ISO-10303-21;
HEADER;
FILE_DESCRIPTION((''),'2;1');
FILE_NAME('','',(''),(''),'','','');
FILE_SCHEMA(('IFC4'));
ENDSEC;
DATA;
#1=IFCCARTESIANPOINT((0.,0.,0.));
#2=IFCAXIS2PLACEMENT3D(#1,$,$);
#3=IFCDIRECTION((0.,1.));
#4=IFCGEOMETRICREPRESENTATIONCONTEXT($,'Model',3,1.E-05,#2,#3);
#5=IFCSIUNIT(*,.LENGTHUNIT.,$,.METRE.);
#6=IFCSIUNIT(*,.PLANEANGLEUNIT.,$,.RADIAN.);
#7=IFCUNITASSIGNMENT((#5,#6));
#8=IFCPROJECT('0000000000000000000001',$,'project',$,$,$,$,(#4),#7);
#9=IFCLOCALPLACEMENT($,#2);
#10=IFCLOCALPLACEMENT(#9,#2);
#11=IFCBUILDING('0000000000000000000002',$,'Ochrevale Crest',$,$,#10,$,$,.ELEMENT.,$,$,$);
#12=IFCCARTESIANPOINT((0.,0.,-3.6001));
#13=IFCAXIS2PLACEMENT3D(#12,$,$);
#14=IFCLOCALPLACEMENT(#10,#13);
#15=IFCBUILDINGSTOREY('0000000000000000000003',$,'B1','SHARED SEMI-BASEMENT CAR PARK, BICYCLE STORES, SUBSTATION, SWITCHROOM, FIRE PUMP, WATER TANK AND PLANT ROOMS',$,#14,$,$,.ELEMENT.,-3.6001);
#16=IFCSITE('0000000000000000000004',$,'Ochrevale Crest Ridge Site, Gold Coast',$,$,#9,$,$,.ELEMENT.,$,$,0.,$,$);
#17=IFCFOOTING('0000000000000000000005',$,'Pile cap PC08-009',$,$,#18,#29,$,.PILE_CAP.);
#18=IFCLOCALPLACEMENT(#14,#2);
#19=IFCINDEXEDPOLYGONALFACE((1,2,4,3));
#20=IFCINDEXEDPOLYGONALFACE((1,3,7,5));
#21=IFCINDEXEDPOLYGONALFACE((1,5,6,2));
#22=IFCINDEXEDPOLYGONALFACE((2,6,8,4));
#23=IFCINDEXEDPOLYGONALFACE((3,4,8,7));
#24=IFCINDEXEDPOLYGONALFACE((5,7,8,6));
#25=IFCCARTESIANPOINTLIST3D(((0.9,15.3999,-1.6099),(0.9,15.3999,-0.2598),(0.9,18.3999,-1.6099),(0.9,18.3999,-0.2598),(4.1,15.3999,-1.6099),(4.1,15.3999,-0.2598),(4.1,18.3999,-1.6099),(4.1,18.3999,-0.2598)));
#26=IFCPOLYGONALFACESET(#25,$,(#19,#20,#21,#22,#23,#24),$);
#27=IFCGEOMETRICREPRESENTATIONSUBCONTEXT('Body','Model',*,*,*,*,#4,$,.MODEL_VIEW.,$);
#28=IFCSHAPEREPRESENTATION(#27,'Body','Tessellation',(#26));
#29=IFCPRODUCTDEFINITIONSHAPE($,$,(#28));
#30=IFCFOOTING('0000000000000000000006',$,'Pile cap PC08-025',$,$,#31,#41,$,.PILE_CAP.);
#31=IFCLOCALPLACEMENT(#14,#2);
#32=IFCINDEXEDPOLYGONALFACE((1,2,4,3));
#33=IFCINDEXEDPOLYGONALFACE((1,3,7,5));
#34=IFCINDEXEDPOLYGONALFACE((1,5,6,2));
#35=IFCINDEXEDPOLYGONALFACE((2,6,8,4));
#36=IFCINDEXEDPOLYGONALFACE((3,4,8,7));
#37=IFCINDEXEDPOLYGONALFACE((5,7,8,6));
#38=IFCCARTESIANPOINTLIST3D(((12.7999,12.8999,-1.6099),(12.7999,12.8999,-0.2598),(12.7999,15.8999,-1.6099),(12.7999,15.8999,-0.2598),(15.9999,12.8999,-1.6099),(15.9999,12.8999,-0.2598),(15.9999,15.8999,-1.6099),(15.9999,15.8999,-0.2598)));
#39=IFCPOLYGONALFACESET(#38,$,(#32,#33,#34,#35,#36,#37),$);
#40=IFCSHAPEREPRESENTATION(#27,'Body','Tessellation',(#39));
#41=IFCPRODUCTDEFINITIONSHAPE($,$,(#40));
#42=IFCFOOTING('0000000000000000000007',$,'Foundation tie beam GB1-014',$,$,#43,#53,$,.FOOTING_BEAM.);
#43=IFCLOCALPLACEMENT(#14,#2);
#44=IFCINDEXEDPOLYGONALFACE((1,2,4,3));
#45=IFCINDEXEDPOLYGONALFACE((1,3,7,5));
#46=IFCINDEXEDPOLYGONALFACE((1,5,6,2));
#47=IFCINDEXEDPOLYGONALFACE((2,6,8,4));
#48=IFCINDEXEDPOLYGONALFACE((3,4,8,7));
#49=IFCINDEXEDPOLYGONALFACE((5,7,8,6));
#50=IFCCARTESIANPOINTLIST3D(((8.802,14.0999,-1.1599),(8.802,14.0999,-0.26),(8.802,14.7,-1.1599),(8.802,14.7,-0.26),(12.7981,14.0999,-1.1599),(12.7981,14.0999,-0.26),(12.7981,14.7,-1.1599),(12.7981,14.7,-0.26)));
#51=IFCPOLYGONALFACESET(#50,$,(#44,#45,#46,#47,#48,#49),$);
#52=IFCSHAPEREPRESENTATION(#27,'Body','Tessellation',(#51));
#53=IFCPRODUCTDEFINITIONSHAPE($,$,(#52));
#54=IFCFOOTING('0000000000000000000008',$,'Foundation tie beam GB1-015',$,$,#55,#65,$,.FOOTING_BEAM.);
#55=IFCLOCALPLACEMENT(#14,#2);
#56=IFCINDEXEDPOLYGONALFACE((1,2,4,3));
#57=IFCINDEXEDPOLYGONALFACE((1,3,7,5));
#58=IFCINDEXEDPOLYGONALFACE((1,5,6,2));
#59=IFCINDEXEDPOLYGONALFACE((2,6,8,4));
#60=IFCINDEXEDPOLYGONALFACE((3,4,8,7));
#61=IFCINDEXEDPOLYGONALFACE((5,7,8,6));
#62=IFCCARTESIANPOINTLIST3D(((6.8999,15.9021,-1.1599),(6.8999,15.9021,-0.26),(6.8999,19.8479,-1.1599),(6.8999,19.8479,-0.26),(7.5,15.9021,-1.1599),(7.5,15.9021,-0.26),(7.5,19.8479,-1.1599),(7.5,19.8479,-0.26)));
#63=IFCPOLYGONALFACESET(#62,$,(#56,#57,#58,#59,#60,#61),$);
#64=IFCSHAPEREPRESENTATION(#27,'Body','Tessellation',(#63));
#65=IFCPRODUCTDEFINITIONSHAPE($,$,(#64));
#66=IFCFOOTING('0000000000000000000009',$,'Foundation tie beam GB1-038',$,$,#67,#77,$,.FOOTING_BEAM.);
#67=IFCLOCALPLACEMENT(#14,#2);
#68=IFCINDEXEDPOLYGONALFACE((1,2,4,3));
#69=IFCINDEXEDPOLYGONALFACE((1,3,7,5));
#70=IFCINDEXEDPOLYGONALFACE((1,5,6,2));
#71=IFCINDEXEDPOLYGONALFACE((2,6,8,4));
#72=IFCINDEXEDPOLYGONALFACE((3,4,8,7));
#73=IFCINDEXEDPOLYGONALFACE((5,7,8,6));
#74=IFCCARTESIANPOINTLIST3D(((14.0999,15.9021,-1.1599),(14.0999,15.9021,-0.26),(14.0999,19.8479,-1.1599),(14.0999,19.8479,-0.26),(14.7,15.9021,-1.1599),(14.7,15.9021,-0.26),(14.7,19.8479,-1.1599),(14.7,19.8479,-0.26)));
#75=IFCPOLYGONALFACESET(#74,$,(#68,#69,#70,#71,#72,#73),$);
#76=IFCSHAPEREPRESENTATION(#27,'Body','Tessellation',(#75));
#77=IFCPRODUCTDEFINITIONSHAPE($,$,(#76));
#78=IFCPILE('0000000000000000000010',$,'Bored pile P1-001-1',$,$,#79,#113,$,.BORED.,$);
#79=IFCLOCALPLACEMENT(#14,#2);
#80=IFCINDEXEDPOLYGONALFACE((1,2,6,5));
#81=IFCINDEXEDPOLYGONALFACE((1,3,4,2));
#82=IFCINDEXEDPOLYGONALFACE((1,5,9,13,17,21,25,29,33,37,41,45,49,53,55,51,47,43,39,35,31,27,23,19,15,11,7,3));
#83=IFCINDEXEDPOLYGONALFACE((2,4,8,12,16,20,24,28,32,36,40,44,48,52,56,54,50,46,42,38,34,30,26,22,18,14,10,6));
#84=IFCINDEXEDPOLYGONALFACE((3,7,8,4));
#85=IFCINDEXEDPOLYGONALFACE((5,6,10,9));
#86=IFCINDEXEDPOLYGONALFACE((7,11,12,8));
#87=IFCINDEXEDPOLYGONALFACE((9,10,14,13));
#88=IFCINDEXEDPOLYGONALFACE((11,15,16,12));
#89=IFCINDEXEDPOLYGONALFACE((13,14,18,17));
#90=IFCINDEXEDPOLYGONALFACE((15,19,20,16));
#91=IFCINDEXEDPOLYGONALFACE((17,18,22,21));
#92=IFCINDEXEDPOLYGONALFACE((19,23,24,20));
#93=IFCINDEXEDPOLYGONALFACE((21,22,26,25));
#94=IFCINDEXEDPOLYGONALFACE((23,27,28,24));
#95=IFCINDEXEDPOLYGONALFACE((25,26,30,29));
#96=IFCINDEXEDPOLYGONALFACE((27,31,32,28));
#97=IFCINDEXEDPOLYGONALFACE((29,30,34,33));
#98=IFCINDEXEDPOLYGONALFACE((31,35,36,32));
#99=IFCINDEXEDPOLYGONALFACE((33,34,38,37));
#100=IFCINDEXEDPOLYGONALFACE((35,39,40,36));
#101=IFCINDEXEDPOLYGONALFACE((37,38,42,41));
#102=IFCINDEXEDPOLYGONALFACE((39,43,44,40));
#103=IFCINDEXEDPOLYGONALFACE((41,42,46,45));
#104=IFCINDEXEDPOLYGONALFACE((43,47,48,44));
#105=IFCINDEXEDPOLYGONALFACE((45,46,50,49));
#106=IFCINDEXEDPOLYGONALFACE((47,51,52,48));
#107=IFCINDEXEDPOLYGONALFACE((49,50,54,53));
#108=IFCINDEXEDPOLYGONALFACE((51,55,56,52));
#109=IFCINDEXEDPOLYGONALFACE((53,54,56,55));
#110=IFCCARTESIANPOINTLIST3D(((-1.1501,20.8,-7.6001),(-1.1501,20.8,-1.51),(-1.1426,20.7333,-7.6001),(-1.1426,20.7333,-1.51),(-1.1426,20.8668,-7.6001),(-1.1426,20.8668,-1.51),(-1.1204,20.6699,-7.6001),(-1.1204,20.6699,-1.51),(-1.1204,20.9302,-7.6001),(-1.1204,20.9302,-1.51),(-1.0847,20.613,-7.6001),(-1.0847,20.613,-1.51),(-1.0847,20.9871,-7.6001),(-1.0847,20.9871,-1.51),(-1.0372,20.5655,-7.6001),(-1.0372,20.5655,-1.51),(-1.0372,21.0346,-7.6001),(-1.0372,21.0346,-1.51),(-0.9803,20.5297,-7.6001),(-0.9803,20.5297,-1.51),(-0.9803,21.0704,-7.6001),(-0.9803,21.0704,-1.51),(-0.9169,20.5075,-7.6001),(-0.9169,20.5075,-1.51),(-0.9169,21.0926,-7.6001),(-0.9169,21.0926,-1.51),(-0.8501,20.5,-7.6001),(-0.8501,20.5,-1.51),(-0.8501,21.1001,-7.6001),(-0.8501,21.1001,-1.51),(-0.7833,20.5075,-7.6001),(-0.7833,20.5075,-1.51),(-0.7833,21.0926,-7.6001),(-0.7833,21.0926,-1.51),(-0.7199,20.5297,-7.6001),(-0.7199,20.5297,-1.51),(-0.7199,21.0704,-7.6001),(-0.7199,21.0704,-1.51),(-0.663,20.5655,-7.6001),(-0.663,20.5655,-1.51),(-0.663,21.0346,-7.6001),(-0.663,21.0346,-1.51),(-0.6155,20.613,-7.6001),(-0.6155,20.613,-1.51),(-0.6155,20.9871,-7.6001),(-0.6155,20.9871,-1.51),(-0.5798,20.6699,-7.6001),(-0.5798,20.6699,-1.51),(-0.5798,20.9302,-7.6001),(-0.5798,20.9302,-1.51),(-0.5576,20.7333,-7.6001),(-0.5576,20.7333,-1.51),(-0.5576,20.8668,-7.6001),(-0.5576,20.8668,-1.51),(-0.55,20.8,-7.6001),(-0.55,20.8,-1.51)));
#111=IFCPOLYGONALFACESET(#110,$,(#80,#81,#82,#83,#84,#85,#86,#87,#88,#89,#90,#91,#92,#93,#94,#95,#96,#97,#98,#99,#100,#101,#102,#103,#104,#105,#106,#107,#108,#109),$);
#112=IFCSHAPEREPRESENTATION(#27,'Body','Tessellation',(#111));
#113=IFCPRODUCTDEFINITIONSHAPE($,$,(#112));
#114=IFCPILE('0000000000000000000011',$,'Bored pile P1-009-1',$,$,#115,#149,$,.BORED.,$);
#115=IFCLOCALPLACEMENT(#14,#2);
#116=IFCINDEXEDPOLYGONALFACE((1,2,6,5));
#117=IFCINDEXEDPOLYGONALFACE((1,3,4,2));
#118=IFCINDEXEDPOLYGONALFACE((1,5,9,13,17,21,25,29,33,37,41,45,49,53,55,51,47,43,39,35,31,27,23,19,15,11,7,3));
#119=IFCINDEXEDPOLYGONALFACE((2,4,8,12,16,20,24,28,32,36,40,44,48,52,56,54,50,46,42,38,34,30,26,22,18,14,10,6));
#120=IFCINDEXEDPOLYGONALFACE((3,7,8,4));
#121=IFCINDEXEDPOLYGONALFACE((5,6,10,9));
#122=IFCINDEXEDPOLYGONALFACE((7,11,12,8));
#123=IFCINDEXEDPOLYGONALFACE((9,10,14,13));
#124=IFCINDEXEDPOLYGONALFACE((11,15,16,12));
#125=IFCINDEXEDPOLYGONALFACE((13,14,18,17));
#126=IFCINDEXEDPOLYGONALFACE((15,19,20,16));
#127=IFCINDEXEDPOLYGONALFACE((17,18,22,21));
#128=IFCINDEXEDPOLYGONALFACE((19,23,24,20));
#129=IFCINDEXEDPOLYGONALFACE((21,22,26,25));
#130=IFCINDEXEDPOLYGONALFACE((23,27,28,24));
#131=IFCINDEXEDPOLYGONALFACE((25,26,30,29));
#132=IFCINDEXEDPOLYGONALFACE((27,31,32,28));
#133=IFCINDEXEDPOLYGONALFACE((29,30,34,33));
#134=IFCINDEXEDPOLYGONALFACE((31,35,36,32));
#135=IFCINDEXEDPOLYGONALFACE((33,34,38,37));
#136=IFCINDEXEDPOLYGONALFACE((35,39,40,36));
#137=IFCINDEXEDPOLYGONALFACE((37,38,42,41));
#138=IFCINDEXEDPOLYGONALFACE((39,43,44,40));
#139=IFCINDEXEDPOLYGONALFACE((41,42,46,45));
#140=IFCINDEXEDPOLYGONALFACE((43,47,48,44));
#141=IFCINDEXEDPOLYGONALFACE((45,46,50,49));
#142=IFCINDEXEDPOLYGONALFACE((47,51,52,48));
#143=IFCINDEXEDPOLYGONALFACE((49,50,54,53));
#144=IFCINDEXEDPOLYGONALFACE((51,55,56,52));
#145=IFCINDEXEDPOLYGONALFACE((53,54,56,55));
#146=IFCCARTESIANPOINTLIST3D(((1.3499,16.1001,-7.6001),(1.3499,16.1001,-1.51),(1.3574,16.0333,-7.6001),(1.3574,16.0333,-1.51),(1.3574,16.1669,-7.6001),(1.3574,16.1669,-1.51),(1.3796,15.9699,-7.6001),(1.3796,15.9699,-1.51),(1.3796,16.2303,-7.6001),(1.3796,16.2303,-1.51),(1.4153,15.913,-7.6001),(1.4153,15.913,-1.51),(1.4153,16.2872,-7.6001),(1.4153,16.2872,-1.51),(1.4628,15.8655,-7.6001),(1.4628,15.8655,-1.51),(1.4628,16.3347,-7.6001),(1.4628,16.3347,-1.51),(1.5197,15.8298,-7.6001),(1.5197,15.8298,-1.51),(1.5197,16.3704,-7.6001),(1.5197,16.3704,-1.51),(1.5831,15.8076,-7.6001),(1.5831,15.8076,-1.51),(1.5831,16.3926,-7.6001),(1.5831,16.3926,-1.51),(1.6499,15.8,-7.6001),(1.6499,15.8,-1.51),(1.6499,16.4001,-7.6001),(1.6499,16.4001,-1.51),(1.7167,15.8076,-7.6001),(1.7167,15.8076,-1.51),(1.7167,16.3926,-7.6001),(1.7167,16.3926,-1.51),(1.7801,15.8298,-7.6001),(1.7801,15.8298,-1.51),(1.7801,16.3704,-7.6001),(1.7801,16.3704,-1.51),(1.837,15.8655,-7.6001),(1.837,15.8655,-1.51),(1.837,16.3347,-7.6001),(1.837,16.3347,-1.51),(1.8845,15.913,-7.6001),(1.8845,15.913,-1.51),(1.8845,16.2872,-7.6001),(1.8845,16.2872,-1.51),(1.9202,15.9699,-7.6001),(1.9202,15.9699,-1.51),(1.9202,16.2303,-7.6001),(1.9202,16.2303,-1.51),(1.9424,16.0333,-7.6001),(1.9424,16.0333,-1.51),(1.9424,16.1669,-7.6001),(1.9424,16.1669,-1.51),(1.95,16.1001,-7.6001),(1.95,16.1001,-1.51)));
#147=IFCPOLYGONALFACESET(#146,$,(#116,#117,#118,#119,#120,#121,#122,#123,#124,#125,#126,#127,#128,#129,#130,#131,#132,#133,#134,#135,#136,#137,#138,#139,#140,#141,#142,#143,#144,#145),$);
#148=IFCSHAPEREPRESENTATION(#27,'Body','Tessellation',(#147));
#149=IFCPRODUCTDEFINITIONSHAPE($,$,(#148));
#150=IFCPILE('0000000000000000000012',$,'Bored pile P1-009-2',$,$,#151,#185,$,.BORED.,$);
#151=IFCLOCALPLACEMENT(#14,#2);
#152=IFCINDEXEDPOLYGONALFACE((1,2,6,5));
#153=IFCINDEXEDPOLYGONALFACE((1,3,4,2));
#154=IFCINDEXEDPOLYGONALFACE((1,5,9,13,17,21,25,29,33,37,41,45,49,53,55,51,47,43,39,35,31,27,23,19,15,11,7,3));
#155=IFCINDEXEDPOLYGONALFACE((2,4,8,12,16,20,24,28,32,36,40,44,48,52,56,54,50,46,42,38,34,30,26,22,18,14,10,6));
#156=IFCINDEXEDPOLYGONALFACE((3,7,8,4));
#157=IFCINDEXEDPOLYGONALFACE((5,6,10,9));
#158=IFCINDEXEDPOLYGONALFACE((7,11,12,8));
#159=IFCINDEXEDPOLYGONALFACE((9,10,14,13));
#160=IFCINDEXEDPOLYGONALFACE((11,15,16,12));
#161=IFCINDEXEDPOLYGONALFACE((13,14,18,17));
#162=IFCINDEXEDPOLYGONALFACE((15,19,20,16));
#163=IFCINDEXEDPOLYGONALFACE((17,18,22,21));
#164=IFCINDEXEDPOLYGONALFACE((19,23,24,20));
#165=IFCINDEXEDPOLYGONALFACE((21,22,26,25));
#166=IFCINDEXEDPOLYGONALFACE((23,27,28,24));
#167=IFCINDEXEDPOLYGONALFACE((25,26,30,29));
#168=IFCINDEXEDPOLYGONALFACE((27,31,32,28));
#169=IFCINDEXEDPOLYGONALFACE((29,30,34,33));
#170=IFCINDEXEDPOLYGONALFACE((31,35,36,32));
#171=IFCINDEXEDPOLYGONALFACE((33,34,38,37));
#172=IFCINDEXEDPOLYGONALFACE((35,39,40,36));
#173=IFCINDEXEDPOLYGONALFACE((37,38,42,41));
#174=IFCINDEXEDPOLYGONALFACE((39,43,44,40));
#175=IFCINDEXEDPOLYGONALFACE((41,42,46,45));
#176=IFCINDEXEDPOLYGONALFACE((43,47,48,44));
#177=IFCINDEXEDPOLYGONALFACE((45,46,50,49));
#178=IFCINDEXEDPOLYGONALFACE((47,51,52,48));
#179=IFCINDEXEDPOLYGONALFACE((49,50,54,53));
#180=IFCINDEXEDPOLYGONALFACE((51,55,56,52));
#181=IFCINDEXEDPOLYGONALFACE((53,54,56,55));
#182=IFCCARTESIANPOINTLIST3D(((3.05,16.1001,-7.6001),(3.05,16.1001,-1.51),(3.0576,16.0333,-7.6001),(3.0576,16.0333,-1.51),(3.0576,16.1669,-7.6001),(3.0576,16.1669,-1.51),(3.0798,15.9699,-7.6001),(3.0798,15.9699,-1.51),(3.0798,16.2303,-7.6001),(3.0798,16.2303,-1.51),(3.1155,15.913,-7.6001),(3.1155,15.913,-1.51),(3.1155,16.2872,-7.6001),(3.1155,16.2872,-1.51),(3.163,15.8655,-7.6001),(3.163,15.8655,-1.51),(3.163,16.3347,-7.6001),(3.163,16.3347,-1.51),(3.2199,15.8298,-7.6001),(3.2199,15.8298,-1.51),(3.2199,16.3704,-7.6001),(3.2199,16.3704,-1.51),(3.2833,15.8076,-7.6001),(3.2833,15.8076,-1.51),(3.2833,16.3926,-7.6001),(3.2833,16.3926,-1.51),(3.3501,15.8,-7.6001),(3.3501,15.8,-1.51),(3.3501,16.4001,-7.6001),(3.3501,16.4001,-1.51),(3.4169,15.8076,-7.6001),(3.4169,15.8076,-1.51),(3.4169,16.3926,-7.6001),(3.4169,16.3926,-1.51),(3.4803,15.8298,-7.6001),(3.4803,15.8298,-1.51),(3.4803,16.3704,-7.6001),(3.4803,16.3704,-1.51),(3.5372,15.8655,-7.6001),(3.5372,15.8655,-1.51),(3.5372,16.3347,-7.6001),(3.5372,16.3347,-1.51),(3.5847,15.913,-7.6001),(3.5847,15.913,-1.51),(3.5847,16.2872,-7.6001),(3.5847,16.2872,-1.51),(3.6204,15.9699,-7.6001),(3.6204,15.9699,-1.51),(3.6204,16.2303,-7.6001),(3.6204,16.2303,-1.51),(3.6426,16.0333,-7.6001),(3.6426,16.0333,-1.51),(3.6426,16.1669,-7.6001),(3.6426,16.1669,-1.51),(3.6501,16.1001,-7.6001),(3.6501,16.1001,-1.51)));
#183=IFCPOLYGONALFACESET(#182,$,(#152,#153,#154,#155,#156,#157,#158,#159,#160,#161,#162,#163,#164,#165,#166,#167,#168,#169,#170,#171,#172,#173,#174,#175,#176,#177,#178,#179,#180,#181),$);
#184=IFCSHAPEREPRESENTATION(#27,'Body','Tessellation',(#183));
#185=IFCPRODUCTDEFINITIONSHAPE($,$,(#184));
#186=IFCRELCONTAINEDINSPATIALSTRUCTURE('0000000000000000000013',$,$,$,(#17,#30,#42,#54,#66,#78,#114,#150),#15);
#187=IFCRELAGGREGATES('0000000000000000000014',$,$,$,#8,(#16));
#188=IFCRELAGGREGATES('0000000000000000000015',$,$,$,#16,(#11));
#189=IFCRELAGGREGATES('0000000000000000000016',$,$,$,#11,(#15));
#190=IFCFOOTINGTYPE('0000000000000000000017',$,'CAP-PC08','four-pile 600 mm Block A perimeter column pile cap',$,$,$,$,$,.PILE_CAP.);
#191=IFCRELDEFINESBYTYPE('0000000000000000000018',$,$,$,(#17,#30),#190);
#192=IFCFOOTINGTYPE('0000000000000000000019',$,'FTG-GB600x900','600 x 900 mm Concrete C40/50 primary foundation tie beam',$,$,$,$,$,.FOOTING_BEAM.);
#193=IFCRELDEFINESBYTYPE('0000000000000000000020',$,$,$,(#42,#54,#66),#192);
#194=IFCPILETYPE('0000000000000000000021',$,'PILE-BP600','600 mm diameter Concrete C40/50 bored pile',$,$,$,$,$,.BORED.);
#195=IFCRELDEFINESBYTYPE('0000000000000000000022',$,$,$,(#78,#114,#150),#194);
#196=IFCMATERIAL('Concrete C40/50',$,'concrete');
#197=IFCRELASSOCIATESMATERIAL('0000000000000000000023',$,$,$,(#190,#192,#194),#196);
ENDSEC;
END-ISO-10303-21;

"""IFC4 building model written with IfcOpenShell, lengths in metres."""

from ifc_helpers import new_model, si_unit, direction, frame, origin, origin_2d, place, context, subcontext, project, spatial, rectangle, circle, extrude, material, material_profile, profile_set, type_object, element, save


model = new_model("IFC4")

# Units and contexts
model_context = context("Model", 3, precision=1e-05, world=origin(), true_north=direction((0.0, 1.0)))
body_context = subcontext(model_context, "Body", "Model", "MODEL_VIEW")
ifc_project = project(units=[si_unit("LENGTHUNIT", "METRE"), si_unit("PLANEANGLEUNIT", "RADIAN")], contexts=[model_context])

# Site, building, storey
site_placement = place(None, origin())
site = spatial("IfcSite", under=ifc_project, at=site_placement, Name="Ochrevale Crest Ridge Site, Gold Coast", CompositionType="ELEMENT", RefElevation=0.0)
building_placement = place(site_placement, origin())
building = spatial("IfcBuilding", under=site, at=building_placement, Name="Ochrevale Crest", CompositionType="ELEMENT")
storey_placement = place(building_placement, frame((0.0, 0.0, -3.6001)))
storey = spatial("IfcBuildingStorey", under=building, at=storey_placement, Name="B1", Description="SHARED SEMI-BASEMENT CAR PARK, BICYCLE STORES, SUBSTATION, SWITCHROOM, FIRE PUMP, WATER TANK AND PLANT ROOMS", CompositionType="ELEMENT", Elevation=-3.6001)

# Footings
ifc_material_1 = material(Name="Concrete C40/50", Category="concrete")
footing_type_1 = type_object("IfcFootingType", Name="CAP-PC08", Description="four-pile 600 mm Block A perimeter column pile cap", PredefinedType="PILE_CAP", material=ifc_material_1)
for number, where, z_axis, x_axis, name in (
    (1, (2.5, 16.8999, -1.6099), (0.0, 0.0, 1.0), (1.0, 0.0, 0.0), "Pile cap PC08-009"),
    (2, (14.3999, 14.3999, -1.6099), (0.0, 0.0, 1.0), (1.0, 0.0, 0.0), "Pile cap PC08-025"),
):
    element("IfcFooting", number, at=place(storey_placement, frame(where, z_axis=z_axis, x_axis=x_axis)), inside=storey, type_object=footing_type_1, Name=name, PredefinedType="PILE_CAP", context=body_context, shape_type="SweptSolid", body=[
        extrude(rectangle(XDim=3.2, YDim=3.0, at=origin_2d()), origin(), (0.0, 0.0, 1.0), 1.3501),
    ])
ifc_material_profile_1 = material_profile(ifc_material_1, rectangle(XDim=0.6001, YDim=0.8999, at=origin_2d()), Name="GB 600x900")
ifc_profile_set_1 = profile_set([ifc_material_profile_1], Name="Concrete C40/50")
footing_type_2 = type_object("IfcFootingType", Name="FTG-GB600x900", Description="600 x 900 mm Concrete C40/50 primary foundation tie beam", PredefinedType="FOOTING_BEAM", material=ifc_profile_set_1)
footing_placement = place(storey_placement, frame((8.802, 14.3999, -0.71), z_axis=(1.0, 0.0, 0.0), x_axis=(0.0, 1.0, 0.0)))
element("IfcFooting", 3, at=footing_placement, inside=storey, type_object=footing_type_2, Name="Foundation tie beam GB1-014", PredefinedType="FOOTING_BEAM", context=body_context, shape_type="SweptSolid", body=[
    extrude(rectangle(XDim=0.6001, YDim=0.8999, at=origin_2d()), origin(), (0.0, 0.0, 1.0), 3.9961),
])
for number, where, z_axis, x_axis, name in (
    (4, (7.2, 15.9021, -0.71), (0.0, 1.0, 0.0), (-1.0, 0.0, 0.0), "Foundation tie beam GB1-015"),
    (5, (14.3999, 15.9021, -0.71), (0.0, 1.0, 0.0), (-1.0, 0.0, 0.0), "Foundation tie beam GB1-038"),
):
    element("IfcFooting", number, at=place(storey_placement, frame(where, z_axis=z_axis, x_axis=x_axis)), inside=storey, type_object=footing_type_2, Name=name, PredefinedType="FOOTING_BEAM", context=body_context, shape_type="SweptSolid", body=[
        extrude(rectangle(XDim=0.6001, YDim=0.8999, at=origin_2d()), origin(), (0.0, 0.0, 1.0), 3.9458),
    ])

# Piles
ifc_material_profile_2 = material_profile(ifc_material_1, circle(Radius=0.3, at=origin_2d()), Name="BORED PILE 600")
ifc_profile_set_2 = profile_set([ifc_material_profile_2], Name="Concrete C40/50")
pile_type_1 = type_object("IfcPileType", Name="PILE-BP600", Description="600 mm diameter Concrete C40/50 bored pile", PredefinedType="BORED", material=ifc_profile_set_2)
for number, where, z_axis, x_axis, name in (
    (6, (-0.8501, 20.8, -1.51), (0.0, 0.0, -1.0), (1.0, 0.0, 0.0), "Bored pile P1-001-1"),
    (7, (1.6499, 16.1001, -1.51), (0.0, 0.0, -1.0), (1.0, 0.0, 0.0), "Bored pile P1-009-1"),
    (8, (3.3501, 16.1001, -1.51), (0.0, 0.0, -1.0), (1.0, 0.0, 0.0), "Bored pile P1-009-2"),
):
    element("IfcPile", number, at=place(storey_placement, frame(where, z_axis=z_axis, x_axis=x_axis)), inside=storey, type_object=pile_type_1, Name=name, PredefinedType="BORED", context=body_context, shape_type="SweptSolid", body=[
        extrude(circle(Radius=0.3, at=origin_2d()), origin(), (0.0, 0.0, 1.0), 6.0901),
    ])

save(model, "model.ifc")
